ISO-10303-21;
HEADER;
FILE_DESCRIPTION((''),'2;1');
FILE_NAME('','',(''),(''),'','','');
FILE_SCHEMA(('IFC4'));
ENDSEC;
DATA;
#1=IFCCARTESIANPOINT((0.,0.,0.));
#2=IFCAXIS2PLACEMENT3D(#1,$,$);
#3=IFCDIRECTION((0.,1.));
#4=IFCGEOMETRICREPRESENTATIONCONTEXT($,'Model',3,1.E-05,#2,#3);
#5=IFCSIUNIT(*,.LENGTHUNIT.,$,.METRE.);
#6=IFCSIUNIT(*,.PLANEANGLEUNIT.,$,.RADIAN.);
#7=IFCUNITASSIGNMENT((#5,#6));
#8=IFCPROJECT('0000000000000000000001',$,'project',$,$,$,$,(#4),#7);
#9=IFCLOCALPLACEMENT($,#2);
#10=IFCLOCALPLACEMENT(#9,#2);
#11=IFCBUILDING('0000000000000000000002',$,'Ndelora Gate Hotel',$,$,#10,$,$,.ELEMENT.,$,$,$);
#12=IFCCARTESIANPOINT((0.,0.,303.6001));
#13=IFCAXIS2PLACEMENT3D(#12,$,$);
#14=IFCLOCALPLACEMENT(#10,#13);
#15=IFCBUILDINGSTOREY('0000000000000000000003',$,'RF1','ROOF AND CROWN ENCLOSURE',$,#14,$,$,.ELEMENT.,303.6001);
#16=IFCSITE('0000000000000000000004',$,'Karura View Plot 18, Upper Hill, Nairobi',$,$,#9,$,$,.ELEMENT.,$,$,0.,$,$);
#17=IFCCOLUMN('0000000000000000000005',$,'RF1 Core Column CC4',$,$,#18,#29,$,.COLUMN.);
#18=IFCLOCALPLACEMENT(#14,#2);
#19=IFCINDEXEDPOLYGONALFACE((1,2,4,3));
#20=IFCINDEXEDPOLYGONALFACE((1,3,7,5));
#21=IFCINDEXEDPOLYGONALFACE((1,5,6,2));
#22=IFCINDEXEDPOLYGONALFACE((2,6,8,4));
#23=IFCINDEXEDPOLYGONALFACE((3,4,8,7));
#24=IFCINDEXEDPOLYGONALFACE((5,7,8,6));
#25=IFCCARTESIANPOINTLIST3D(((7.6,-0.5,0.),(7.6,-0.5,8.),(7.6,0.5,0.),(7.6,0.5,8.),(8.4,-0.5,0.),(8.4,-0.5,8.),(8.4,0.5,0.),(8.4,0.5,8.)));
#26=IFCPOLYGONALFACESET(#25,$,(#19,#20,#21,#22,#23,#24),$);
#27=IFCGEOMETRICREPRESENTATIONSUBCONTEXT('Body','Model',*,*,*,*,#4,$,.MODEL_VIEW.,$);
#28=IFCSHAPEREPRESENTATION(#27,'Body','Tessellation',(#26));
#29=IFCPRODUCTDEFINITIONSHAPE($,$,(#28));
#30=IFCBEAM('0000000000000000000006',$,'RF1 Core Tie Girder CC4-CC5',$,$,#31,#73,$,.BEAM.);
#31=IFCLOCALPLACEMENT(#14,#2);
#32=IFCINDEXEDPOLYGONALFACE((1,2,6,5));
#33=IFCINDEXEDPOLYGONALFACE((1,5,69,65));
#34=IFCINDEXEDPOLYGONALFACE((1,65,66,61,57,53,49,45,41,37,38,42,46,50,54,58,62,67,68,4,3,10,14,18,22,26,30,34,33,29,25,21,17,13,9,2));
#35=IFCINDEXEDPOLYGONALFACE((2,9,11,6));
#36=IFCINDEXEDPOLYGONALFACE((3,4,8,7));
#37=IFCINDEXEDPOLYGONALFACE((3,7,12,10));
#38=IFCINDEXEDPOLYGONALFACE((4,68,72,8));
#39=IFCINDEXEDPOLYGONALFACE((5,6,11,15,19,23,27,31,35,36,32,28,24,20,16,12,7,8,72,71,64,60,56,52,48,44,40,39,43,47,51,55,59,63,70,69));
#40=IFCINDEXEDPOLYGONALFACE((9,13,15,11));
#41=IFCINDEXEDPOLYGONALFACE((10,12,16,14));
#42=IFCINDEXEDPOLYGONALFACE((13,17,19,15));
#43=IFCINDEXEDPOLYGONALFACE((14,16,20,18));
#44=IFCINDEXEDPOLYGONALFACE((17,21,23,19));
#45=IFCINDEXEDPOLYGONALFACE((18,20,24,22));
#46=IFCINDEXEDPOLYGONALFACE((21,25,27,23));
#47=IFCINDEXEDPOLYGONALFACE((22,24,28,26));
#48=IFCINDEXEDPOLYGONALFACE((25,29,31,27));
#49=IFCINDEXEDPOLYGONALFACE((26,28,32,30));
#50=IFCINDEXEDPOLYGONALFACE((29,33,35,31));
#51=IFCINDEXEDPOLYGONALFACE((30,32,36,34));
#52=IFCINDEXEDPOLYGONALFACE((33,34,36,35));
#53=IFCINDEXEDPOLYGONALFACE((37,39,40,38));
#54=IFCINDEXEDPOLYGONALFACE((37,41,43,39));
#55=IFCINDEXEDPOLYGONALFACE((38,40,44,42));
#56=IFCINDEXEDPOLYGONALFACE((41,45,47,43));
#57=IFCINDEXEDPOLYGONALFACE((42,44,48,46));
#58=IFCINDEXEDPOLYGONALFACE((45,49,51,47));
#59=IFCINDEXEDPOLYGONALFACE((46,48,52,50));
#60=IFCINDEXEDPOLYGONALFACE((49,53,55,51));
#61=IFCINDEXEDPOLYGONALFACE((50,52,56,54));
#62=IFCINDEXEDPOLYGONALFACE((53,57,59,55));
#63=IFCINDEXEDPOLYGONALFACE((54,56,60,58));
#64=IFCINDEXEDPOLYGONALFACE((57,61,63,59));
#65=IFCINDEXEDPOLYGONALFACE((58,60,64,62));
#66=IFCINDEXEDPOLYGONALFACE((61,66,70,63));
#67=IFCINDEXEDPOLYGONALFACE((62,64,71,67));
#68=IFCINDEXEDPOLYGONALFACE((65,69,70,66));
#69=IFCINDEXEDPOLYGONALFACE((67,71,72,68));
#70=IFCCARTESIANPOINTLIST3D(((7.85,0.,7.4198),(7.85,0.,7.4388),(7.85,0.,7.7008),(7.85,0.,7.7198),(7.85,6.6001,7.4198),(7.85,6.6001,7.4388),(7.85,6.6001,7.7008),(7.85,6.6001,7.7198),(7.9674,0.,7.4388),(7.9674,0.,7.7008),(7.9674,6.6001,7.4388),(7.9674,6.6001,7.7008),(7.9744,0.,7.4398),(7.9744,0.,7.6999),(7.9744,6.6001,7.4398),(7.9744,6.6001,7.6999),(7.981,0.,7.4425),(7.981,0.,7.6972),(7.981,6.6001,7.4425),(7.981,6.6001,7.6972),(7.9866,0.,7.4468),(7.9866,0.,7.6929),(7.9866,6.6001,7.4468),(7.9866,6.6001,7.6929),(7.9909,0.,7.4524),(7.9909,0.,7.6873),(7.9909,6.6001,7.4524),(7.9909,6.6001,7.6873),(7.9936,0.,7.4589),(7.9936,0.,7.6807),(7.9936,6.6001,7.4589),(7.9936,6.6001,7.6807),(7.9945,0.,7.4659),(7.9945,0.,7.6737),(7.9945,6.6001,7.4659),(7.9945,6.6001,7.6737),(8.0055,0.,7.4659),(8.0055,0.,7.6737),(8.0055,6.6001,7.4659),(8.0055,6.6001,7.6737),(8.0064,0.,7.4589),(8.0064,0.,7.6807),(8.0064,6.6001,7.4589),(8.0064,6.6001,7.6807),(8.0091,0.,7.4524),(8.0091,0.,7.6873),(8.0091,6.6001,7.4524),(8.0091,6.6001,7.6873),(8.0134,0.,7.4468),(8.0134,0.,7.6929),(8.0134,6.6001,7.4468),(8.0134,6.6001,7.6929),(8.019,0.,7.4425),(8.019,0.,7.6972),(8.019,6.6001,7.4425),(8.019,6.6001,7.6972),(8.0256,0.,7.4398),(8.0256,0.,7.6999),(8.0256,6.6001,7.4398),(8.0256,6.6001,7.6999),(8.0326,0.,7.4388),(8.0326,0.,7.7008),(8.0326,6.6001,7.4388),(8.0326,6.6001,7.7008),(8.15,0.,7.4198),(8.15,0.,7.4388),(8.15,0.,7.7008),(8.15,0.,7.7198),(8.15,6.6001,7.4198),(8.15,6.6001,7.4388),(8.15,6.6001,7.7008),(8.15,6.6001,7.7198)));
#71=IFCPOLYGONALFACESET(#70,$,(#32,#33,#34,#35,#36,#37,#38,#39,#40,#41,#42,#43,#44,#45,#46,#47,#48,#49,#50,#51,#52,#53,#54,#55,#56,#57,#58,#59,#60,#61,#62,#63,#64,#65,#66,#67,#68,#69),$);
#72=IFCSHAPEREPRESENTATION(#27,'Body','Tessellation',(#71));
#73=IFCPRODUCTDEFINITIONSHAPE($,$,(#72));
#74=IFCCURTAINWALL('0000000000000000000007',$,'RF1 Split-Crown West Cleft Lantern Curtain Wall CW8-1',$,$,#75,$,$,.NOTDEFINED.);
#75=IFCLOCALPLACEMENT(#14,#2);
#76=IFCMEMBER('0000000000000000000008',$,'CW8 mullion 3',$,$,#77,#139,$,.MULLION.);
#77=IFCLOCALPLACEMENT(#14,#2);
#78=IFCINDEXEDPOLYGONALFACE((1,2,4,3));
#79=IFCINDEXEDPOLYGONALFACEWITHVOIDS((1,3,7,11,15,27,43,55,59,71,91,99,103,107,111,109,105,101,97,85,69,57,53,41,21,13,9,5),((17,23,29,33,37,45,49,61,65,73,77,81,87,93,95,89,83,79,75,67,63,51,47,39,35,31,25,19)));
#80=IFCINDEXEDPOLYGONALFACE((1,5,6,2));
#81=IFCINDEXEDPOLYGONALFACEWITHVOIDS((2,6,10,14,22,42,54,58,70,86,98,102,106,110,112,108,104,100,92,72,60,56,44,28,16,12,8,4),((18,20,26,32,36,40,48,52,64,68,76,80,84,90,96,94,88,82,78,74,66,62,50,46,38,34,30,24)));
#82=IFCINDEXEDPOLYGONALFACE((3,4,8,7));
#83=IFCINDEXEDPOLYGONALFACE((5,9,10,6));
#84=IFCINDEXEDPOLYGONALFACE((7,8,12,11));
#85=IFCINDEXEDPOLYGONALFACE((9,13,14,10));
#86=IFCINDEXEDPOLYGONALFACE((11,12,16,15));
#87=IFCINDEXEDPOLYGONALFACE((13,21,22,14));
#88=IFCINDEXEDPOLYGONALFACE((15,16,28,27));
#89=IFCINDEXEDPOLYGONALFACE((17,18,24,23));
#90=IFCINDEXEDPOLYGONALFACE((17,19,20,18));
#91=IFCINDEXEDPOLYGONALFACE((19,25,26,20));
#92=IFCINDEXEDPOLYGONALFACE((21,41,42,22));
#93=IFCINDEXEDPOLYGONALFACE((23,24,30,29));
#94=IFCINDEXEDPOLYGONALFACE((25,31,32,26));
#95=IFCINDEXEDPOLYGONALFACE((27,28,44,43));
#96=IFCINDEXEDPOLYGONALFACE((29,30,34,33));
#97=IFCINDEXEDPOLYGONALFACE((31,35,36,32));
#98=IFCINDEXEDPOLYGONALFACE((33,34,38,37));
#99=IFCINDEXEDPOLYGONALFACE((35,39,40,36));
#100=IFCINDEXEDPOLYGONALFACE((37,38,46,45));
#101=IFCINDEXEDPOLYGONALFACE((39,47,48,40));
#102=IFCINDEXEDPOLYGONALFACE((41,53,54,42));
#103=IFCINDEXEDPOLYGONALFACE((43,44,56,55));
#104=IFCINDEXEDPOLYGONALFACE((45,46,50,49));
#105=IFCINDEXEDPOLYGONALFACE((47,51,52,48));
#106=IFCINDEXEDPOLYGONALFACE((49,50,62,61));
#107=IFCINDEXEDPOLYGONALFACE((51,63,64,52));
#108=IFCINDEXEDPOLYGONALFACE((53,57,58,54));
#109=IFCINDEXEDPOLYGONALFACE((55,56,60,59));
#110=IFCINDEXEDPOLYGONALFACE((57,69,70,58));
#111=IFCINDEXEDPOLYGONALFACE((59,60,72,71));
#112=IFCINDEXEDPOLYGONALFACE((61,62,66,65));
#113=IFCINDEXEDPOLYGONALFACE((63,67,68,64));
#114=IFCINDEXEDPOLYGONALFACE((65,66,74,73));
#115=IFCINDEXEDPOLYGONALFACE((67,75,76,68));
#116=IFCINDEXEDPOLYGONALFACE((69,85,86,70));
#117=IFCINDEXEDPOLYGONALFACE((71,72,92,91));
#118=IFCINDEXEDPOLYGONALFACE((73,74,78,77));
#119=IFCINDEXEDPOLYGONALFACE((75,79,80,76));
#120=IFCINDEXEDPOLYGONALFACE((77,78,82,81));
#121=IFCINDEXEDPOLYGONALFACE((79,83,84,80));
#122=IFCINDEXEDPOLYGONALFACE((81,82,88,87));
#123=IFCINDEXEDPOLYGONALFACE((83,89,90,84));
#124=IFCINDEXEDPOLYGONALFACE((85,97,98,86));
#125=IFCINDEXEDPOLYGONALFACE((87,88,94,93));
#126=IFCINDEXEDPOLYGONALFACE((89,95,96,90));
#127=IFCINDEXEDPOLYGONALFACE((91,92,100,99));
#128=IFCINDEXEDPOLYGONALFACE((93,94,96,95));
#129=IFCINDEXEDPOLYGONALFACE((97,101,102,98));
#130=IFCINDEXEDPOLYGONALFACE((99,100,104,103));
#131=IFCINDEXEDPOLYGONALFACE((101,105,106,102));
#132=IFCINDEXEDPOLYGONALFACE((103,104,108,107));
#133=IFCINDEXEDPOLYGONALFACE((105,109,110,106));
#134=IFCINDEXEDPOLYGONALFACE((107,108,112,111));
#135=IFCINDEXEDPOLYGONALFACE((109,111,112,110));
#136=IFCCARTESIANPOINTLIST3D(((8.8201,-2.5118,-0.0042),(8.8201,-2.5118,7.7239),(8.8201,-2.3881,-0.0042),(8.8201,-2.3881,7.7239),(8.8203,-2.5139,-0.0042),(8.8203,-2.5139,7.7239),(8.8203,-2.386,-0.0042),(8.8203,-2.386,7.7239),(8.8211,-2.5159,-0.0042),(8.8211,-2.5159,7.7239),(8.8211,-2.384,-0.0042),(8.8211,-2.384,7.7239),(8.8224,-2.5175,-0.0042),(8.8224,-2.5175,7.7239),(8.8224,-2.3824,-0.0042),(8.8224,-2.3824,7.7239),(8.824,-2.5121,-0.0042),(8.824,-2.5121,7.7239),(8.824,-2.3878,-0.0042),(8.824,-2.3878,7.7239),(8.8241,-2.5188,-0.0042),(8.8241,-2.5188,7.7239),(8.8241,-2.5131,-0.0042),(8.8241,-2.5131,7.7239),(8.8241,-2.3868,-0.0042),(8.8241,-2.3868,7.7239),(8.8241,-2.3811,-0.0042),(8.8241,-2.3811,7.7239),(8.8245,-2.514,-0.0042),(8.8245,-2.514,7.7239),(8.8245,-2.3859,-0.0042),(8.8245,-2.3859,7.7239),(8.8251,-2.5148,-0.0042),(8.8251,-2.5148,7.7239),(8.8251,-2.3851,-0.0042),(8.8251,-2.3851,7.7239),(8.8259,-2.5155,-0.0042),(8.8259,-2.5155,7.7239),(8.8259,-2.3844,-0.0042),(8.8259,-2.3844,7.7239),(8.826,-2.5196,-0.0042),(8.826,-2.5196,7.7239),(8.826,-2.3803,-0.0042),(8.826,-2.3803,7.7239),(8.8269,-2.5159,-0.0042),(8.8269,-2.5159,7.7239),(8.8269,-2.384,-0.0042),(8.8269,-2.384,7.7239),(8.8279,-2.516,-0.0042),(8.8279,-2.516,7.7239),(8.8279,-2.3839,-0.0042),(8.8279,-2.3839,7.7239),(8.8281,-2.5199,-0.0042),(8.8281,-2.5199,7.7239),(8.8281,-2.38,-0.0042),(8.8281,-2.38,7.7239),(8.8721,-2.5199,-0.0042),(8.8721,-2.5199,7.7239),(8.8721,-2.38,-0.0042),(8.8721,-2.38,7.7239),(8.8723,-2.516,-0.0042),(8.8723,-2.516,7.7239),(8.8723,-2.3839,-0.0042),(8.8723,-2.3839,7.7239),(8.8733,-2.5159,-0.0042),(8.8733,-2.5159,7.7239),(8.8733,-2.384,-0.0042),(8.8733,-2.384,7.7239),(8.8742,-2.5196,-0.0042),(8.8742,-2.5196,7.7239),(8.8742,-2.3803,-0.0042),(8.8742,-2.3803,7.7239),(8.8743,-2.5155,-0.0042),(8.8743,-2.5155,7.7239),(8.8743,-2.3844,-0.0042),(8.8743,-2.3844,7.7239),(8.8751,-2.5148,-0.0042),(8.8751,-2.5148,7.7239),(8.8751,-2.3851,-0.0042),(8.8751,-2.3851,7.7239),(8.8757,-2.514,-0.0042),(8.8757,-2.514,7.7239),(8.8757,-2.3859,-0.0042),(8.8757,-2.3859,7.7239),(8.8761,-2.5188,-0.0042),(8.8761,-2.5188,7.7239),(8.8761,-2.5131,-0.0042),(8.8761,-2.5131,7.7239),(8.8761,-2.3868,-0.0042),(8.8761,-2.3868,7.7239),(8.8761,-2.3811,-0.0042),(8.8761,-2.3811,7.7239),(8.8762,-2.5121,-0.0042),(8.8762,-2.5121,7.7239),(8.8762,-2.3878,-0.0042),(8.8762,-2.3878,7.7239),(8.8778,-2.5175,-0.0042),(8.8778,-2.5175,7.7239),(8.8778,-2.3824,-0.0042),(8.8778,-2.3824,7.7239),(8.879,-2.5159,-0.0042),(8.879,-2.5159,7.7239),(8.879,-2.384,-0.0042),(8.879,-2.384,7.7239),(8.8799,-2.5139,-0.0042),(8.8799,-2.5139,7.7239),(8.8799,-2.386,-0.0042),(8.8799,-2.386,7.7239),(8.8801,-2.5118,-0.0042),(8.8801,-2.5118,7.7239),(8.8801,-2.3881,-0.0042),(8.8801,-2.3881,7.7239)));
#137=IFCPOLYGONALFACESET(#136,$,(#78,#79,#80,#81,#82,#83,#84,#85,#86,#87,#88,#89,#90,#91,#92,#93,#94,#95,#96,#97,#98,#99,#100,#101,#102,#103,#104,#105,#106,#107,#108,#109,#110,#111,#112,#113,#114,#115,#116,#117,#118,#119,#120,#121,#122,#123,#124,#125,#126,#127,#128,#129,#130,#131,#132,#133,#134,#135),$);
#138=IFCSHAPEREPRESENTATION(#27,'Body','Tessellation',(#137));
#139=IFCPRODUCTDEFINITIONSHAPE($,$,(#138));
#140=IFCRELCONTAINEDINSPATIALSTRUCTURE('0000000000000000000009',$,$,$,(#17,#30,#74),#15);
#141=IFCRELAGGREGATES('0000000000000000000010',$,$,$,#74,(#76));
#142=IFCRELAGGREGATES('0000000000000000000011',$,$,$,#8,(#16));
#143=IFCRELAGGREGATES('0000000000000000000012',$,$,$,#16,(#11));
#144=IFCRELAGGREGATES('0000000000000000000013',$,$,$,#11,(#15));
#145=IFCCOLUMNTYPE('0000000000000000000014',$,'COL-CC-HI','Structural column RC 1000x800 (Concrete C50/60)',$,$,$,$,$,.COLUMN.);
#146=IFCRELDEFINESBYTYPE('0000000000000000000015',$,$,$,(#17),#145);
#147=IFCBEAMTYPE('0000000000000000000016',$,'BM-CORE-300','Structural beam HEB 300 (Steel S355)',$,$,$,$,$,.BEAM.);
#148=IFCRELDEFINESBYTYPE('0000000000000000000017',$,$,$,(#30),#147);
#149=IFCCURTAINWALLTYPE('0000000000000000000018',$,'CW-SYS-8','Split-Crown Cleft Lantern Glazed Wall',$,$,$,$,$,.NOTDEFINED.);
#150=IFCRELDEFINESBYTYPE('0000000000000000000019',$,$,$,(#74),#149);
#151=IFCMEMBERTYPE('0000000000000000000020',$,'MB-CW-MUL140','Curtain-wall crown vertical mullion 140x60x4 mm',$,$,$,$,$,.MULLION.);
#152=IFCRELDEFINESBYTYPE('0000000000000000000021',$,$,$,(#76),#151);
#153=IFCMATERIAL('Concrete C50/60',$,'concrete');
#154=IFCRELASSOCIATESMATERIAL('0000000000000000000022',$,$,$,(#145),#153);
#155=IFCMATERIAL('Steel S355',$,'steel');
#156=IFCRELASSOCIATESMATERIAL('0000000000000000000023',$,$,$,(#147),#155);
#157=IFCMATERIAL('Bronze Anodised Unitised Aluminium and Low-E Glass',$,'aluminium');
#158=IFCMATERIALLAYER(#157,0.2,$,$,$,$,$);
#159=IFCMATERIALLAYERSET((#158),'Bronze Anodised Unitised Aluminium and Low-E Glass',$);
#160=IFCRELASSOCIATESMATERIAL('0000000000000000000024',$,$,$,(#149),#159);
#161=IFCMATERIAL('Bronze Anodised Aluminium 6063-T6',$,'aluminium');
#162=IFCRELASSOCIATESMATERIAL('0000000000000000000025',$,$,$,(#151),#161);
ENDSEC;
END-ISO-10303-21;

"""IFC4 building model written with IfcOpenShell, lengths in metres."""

from ifc_helpers import new_model, si_unit, direction, frame, origin, origin_2d, place, context, subcontext, project, spatial, rectangle, hollow_rectangle, i_section, extrude, material, layer, layer_set, material_profile, profile_set, type_object, element, aggregate, save


model = new_model("IFC4")

# Units and contexts
model_context = context("Model", 3, precision=1e-05, world=origin(), true_north=direction((0.0, 1.0)))
body_context = subcontext(model_context, "Body", "Model", "MODEL_VIEW")
ifc_project = project(units=[si_unit("LENGTHUNIT", "METRE"), si_unit("PLANEANGLEUNIT", "RADIAN")], contexts=[model_context])

# Site, building, storey
site_placement = place(None, origin())
site = spatial("IfcSite", under=ifc_project, at=site_placement, Name="Karura View Plot 18, Upper Hill, Nairobi", CompositionType="ELEMENT", RefElevation=0.0)
building_placement = place(site_placement, origin())
building = spatial("IfcBuilding", under=site, at=building_placement, Name="Ndelora Gate Hotel", CompositionType="ELEMENT")
storey_placement = place(building_placement, frame((0.0, 0.0, 303.6001)))
storey = spatial("IfcBuildingStorey", under=building, at=storey_placement, Name="RF1", Description="ROOF AND CROWN ENCLOSURE", CompositionType="ELEMENT", Elevation=303.6001)

# Column
ifc_material_1 = material(Name="Concrete C50/60", Category="concrete")
ifc_material_profile_1 = material_profile(ifc_material_1, rectangle(XDim=0.8, YDim=1.0, at=origin_2d()), Name="RC 1000x800")
ifc_profile_set_1 = profile_set([ifc_material_profile_1], Name="Concrete C50/60")
column_type = type_object("IfcColumnType", Name="COL-CC-HI", Description="Structural column RC 1000x800 (Concrete C50/60)", PredefinedType="COLUMN", material=ifc_profile_set_1)
column_placement = place(storey_placement, frame((8.0, 0.0, 0.0), z_axis=(0.0, 0.0, 1.0), x_axis=(1.0, 0.0, 0.0)))
element("IfcColumn", 1, at=column_placement, inside=storey, type_object=column_type, Name="RF1 Core Column CC4", PredefinedType="COLUMN", context=body_context, shape_type="SweptSolid", body=[
    extrude(rectangle(XDim=0.8, YDim=1.0, at=origin_2d()), origin(), (0.0, 0.0, 1.0), 8.0),
])

# Beam
ifc_material_2 = material(Name="Steel S355", Category="steel")
ifc_material_profile_2 = material_profile(ifc_material_2, i_section(OverallWidth=0.3, OverallDepth=0.3, WebThickness=0.011, FlangeThickness=0.019, FilletRadius=0.0271, at=origin_2d()), Name="HEB 300")
ifc_profile_set_2 = profile_set([ifc_material_profile_2], Name="Steel S355")
beam_type = type_object("IfcBeamType", Name="BM-CORE-300", Description="Structural beam HEB 300 (Steel S355)", PredefinedType="BEAM", material=ifc_profile_set_2)
beam_placement = place(storey_placement, frame((8.0, 0.0, 7.5698), z_axis=(0.0, 1.0, 0.0), x_axis=(-1.0, 0.0, 0.0)))
element("IfcBeam", 2, at=beam_placement, inside=storey, type_object=beam_type, Name="RF1 Core Tie Girder CC4-CC5", PredefinedType="BEAM", context=body_context, shape_type="SweptSolid", body=[
    extrude(i_section(OverallWidth=0.3, OverallDepth=0.3, WebThickness=0.011, FlangeThickness=0.019, FilletRadius=0.0271, at=origin_2d()), origin(), (0.0, 0.0, 1.0), 6.6001),
])

# Curtain wall, member
ifc_material_3 = material(Name="Bronze Anodised Unitised Aluminium and Low-E Glass", Category="aluminium")
ifc_layer_1 = layer(ifc_material_3, 0.2)
ifc_layer_set_1 = layer_set([ifc_layer_1], Name="Bronze Anodised Unitised Aluminium and Low-E Glass")
curtain_wall_type = type_object("IfcCurtainWallType", Name="CW-SYS-8", Description="Split-Crown Cleft Lantern Glazed Wall", PredefinedType="NOTDEFINED", material=ifc_layer_set_1)
curtain_wall_1_placement = place(storey_placement, origin())
curtain_wall_1 = element("IfcCurtainWall", 3, at=curtain_wall_1_placement, inside=storey, type_object=curtain_wall_type, Name="RF1 Split-Crown West Cleft Lantern Curtain Wall CW8-1", PredefinedType="NOTDEFINED")
ifc_material_4 = material(Name="Bronze Anodised Aluminium 6063-T6", Category="aluminium")
ifc_material_profile_3 = material_profile(ifc_material_4, hollow_rectangle(XDim=0.0601, YDim=0.1399, WallThickness=0.0039, InnerFilletRadius=0.0039, OuterFilletRadius=0.0081, at=origin_2d()), Name="ALU 140x60x4")
ifc_profile_set_3 = profile_set([ifc_material_profile_3], Name="Bronze Anodised Aluminium 6063-T6")
member_type_1 = type_object("IfcMemberType", Name="MB-CW-MUL140", Description="Curtain-wall crown vertical mullion 140x60x4 mm", PredefinedType="MULLION", material=ifc_profile_set_3)
member_1_placement = place(storey_placement, frame((8.8501, -2.45, -0.0042), z_axis=(0.0, 0.0, 1.0), x_axis=(-1.0, 0.0, 0.0)))
member_1 = element("IfcMember", 4, at=member_1_placement, type_object=member_type_1, Name="CW8 mullion 3", PredefinedType="MULLION", context=body_context, shape_type="SweptSolid", body=[
    extrude(hollow_rectangle(XDim=0.0601, YDim=0.1399, WallThickness=0.0039, InnerFilletRadius=0.0039, OuterFilletRadius=0.0081, at=origin_2d()), origin(), (0.0, 0.0, 1.0), 7.728),
])

aggregate(curtain_wall_1, [member_1])

save(model, "model.ifc")
